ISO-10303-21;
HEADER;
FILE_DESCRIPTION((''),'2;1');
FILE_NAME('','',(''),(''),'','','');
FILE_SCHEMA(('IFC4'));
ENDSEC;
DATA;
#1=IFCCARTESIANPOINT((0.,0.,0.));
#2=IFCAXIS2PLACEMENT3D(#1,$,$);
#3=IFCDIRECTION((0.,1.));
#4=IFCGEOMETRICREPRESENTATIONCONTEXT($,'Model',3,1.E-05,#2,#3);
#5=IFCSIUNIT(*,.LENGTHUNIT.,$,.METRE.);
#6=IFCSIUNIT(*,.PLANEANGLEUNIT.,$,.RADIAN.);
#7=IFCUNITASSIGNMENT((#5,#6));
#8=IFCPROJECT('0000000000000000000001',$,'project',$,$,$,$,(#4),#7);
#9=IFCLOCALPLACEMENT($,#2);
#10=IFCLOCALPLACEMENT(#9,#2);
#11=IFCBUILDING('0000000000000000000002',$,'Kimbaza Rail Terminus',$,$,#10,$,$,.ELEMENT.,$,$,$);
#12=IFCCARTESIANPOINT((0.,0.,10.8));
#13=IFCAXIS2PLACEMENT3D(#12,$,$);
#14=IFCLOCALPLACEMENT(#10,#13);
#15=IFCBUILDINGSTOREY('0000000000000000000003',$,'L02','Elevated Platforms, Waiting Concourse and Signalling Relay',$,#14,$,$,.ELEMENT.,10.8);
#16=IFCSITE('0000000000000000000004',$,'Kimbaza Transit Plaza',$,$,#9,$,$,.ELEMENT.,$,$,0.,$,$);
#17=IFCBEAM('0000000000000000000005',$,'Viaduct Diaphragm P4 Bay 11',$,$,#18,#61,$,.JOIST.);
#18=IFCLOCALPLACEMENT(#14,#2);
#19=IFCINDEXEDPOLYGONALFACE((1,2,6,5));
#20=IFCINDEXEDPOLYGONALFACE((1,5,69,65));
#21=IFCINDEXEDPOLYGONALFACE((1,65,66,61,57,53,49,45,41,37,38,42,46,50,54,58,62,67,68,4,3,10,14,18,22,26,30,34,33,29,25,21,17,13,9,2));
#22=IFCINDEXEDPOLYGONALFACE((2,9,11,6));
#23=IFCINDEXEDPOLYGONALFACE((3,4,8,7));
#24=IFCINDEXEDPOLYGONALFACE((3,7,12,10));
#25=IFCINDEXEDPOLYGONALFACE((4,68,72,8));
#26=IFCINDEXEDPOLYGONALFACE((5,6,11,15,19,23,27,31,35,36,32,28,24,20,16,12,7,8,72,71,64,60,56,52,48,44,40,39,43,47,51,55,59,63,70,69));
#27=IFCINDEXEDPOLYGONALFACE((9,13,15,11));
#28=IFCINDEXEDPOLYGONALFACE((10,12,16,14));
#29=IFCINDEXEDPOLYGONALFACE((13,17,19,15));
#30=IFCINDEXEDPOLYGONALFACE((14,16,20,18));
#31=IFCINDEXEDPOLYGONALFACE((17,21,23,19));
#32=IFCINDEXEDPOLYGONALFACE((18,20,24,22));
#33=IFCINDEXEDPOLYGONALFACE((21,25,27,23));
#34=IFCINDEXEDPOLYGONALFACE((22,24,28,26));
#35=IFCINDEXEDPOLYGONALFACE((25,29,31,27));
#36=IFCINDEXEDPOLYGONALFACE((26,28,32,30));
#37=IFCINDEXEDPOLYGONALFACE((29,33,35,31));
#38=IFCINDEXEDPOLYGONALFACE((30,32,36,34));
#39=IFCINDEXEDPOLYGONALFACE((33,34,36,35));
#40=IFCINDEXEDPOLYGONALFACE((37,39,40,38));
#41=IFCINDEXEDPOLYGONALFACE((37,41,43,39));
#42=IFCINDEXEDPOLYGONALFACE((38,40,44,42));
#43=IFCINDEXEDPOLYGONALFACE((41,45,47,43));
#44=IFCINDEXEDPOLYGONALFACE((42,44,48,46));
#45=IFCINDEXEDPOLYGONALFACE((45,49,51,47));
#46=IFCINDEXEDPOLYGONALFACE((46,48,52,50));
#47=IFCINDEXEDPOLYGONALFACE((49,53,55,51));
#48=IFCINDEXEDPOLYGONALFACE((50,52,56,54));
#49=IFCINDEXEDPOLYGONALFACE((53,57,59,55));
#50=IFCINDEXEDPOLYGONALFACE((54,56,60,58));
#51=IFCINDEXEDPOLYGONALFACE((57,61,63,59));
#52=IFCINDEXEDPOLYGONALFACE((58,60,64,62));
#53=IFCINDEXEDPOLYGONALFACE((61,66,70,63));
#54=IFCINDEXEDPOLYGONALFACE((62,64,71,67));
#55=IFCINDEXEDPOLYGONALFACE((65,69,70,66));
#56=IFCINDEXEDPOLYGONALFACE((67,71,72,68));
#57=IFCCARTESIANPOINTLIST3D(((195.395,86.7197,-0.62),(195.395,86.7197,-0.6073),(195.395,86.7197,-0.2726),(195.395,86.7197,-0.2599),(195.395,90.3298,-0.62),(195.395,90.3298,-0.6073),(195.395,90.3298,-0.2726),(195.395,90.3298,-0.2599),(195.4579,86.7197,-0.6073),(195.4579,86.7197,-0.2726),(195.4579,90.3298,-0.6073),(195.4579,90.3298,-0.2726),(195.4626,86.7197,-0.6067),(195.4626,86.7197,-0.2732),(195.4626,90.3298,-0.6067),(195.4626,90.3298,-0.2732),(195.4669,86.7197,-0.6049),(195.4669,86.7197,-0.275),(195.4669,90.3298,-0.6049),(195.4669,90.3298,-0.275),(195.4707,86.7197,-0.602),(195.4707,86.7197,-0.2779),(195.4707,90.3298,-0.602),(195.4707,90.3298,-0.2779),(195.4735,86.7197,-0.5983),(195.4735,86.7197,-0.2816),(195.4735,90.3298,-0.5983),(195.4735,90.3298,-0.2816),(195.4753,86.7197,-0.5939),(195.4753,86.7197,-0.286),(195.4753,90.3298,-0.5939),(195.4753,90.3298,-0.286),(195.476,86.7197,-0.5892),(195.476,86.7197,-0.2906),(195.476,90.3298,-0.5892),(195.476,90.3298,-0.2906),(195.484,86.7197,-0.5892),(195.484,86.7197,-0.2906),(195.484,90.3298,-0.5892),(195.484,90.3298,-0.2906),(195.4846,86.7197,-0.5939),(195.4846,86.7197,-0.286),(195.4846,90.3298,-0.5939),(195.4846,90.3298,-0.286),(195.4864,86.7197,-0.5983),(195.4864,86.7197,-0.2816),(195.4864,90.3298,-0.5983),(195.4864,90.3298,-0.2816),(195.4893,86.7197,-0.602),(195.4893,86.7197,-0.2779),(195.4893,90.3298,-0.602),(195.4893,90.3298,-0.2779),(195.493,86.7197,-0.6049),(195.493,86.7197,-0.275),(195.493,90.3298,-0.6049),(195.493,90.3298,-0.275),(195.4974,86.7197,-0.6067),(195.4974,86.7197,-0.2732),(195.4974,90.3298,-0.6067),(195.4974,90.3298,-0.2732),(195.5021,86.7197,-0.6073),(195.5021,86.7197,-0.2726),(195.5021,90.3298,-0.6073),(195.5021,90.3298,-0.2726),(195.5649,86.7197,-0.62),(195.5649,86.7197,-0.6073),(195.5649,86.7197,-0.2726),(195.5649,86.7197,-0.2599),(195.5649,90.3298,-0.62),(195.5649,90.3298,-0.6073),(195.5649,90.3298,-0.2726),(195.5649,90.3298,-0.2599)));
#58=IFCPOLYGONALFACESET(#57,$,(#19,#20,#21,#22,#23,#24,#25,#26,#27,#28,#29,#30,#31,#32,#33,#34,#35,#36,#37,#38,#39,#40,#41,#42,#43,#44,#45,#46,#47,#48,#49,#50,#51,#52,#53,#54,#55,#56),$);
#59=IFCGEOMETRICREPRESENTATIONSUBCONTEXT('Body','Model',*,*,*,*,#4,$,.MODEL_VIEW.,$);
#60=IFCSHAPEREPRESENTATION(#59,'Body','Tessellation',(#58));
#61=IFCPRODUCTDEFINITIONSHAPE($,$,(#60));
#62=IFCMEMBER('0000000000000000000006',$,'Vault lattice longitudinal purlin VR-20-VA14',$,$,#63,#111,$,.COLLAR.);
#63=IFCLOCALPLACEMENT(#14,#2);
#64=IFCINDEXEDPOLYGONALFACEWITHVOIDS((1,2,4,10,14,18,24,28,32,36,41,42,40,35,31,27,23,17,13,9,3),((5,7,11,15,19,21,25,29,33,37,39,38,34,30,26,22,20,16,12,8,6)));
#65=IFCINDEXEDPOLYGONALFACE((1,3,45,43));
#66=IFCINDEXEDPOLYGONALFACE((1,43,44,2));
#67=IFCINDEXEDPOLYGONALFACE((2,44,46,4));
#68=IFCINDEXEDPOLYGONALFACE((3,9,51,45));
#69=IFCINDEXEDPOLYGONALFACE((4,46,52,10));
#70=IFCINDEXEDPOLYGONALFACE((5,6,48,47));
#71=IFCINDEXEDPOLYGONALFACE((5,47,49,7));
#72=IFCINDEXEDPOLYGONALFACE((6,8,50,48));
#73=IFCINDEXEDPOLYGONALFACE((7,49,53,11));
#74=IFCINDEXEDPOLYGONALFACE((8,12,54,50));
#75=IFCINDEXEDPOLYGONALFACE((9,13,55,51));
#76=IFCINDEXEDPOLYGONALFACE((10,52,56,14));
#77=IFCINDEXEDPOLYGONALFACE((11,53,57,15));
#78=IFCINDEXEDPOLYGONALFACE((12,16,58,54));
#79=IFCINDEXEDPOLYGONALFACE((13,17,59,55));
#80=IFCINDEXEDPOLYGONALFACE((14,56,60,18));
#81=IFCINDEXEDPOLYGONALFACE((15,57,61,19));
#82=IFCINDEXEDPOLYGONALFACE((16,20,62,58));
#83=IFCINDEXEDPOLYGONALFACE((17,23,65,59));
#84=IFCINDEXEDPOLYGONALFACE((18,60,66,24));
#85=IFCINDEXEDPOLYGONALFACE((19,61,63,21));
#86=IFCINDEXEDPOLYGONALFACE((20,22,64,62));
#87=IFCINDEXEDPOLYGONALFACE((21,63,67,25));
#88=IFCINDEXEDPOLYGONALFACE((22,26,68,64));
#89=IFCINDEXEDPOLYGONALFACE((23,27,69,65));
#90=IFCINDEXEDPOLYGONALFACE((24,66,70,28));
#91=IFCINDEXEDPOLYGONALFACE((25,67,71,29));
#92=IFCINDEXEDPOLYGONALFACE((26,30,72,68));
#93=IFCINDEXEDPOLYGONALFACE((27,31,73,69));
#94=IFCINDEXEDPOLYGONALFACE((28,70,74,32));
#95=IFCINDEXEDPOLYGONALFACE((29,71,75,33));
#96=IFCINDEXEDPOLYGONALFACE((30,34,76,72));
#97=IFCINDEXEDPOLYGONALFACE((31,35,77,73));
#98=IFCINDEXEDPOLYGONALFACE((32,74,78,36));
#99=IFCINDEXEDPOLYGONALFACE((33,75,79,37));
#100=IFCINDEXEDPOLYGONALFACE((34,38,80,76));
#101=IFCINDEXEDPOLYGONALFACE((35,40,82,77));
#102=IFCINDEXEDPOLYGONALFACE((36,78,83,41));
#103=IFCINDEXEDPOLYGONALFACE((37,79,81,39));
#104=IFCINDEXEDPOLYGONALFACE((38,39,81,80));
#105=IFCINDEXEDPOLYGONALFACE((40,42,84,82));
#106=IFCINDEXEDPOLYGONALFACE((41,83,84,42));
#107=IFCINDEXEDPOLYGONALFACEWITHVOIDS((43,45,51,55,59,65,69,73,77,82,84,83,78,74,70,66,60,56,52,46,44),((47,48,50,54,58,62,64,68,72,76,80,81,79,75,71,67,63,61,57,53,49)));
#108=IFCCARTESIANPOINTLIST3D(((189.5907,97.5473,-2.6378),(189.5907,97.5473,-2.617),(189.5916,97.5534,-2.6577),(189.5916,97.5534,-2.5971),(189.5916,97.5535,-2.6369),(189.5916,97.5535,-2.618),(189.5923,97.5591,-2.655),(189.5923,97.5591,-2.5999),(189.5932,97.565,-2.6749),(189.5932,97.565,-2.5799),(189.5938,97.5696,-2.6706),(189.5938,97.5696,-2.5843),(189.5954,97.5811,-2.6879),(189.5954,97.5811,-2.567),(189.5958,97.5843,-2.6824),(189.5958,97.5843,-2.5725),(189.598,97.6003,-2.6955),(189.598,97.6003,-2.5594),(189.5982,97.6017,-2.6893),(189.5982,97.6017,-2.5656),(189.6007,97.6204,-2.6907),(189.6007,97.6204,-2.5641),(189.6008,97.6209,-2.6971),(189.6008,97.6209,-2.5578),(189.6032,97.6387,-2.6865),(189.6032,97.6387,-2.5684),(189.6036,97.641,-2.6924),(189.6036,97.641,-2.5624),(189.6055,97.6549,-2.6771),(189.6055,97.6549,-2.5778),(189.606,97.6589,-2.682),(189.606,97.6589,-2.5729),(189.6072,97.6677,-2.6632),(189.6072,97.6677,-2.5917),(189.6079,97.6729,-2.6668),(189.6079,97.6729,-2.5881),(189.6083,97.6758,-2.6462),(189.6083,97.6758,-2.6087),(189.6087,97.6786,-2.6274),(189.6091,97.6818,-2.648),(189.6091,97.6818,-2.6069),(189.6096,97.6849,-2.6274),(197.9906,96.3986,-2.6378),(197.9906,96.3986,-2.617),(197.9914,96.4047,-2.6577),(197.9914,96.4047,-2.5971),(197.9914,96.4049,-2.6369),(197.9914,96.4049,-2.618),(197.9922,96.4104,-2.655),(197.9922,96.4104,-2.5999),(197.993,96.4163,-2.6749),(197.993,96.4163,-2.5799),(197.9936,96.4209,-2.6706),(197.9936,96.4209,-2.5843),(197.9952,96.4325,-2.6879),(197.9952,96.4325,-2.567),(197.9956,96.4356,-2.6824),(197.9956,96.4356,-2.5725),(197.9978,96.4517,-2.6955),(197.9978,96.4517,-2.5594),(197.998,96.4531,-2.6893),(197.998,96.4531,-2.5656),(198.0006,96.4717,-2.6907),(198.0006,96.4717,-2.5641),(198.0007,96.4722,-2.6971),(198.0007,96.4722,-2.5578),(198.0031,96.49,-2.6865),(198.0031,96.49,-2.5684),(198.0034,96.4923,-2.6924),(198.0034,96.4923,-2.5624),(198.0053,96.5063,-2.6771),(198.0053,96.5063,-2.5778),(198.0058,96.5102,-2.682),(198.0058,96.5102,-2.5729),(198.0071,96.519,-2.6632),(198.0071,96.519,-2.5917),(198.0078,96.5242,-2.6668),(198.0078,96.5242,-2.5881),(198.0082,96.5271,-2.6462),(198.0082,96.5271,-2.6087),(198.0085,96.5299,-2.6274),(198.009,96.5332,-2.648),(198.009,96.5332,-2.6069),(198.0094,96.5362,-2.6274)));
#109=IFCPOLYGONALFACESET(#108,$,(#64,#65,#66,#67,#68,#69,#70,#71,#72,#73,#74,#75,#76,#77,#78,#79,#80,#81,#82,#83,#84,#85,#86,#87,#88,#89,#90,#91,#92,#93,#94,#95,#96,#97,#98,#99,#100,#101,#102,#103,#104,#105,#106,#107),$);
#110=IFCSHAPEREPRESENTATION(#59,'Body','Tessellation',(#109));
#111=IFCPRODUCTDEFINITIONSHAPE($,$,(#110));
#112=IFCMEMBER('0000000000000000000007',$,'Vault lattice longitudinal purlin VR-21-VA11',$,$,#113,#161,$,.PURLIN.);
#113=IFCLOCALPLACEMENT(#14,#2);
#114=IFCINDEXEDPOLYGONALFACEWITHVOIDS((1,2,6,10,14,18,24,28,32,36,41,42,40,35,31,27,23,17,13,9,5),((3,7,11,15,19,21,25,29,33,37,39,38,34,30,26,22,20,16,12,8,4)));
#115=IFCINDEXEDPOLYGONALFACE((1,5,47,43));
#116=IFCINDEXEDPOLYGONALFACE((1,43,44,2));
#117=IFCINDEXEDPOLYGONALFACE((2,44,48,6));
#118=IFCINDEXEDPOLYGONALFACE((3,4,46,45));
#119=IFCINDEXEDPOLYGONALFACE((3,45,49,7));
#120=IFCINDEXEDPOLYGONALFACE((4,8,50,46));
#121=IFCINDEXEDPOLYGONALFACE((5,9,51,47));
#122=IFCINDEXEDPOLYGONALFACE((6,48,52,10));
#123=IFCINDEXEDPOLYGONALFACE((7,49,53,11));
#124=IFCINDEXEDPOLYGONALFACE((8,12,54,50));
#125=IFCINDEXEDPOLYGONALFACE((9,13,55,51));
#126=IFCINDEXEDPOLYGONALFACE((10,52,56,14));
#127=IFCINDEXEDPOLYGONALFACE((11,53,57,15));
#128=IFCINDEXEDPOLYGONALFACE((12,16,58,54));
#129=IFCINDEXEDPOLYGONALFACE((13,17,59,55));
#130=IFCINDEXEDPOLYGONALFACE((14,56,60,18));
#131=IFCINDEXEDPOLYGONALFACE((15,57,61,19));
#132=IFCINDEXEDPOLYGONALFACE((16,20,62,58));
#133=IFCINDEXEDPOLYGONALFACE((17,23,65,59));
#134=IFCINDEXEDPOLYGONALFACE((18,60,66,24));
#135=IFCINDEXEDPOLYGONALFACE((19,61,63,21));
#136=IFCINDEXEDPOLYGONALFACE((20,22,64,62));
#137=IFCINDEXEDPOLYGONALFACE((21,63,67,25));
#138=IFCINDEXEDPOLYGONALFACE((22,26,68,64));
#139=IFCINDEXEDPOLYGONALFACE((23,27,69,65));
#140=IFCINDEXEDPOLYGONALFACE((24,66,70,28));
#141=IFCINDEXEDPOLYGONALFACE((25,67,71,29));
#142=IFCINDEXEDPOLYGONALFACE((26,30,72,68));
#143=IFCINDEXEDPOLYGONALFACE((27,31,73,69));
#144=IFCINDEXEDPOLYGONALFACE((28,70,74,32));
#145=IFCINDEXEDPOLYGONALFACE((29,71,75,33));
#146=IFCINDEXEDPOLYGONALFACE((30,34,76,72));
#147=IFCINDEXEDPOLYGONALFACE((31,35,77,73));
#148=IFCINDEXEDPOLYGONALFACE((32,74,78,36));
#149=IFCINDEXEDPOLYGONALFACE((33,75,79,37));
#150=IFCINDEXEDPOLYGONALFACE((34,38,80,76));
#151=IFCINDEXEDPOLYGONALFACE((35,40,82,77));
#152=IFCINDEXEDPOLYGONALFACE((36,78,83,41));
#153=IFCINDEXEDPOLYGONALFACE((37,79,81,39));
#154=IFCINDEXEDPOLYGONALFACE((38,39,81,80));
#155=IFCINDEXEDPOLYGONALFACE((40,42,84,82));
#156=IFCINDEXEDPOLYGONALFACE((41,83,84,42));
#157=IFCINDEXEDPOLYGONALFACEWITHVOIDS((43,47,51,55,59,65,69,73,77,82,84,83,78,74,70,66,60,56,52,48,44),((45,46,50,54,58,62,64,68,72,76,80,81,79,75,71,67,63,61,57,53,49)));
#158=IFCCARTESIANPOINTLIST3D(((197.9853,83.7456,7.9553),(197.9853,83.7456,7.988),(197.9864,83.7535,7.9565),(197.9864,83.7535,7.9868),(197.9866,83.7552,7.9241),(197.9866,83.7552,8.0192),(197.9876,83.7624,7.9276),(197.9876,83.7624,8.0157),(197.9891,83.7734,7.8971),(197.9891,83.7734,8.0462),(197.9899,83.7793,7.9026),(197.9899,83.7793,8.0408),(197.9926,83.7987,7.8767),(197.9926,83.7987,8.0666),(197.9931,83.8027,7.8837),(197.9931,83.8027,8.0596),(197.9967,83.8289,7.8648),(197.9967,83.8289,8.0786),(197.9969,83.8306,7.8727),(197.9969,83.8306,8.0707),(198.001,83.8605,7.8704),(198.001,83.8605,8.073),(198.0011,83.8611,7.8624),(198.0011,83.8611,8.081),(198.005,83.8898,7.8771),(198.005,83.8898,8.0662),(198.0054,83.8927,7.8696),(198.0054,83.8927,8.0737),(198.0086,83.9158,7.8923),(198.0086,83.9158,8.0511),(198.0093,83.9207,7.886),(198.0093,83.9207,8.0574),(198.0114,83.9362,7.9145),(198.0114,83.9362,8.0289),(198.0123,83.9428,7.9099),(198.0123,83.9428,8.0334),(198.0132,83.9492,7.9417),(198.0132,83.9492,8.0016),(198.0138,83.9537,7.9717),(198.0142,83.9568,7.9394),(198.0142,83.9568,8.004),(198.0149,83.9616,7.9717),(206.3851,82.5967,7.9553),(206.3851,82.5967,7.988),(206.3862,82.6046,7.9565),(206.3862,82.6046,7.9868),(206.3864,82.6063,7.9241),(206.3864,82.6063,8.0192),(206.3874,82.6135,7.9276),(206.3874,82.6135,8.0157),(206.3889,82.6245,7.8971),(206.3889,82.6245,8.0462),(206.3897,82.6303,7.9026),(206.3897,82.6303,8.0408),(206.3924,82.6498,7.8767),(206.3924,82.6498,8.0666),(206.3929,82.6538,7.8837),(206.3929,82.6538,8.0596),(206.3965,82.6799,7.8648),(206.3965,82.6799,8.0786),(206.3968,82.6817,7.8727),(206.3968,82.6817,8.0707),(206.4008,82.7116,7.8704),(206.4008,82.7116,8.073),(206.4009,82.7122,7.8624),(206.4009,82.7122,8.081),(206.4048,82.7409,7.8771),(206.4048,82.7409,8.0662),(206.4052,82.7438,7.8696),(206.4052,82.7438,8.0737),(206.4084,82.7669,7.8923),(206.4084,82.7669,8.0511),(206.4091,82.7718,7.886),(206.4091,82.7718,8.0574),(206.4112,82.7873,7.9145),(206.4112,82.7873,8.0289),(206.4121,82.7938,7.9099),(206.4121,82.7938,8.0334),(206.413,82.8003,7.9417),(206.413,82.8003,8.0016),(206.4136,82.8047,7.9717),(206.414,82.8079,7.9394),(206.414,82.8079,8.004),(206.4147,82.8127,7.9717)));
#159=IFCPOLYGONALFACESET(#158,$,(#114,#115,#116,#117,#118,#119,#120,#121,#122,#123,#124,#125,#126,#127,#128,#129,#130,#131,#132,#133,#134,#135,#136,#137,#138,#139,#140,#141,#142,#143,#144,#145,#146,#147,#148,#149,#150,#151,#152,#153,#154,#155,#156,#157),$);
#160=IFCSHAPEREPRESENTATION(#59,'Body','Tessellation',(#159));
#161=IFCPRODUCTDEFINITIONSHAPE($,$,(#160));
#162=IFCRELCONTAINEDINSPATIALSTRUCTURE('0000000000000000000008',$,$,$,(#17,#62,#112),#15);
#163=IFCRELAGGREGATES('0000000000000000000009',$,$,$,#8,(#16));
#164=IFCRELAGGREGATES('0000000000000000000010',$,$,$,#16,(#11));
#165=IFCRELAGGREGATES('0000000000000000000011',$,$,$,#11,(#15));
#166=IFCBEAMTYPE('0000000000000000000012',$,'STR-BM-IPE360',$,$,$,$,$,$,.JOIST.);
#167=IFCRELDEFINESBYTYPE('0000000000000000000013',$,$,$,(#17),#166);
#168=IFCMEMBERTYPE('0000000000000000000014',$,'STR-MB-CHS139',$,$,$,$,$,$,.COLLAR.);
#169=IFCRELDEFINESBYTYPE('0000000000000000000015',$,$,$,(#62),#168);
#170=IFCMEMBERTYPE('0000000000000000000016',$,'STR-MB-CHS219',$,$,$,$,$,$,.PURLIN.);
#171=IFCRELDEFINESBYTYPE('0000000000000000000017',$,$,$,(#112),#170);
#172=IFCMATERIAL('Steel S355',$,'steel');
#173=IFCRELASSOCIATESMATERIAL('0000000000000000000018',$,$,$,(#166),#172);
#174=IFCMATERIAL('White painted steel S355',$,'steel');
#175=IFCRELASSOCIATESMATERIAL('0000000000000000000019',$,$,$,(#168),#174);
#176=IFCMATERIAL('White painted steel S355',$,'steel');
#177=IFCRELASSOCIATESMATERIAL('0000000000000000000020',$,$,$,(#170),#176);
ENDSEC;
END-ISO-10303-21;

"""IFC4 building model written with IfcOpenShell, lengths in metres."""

from ifc_helpers import new_model, si_unit, direction, frame, origin, origin_2d, place, context, subcontext, project, spatial, hollow_circle, i_section, extrude, material, material_profile, profile_set, type_object, element, save


model = new_model("IFC4")

# Units and contexts
model_context = context("Model", 3, precision=1e-05, world=origin(), true_north=direction((0.0, 1.0)))
body_context = subcontext(model_context, "Body", "Model", "MODEL_VIEW")
ifc_project = project(units=[si_unit("LENGTHUNIT", "METRE"), si_unit("PLANEANGLEUNIT", "RADIAN")], contexts=[model_context])

# Site, building, storey
site_placement = place(None, origin())
site = spatial("IfcSite", under=ifc_project, at=site_placement, Name="Kimbaza Transit Plaza", CompositionType="ELEMENT", RefElevation=0.0)
building_placement = place(site_placement, origin())
building = spatial("IfcBuilding", under=site, at=building_placement, Name="Kimbaza Rail Terminus", CompositionType="ELEMENT")
storey_placement = place(building_placement, frame((0.0, 0.0, 10.8)))
storey = spatial("IfcBuildingStorey", under=building, at=storey_placement, Name="L02", Description="Elevated Platforms, Waiting Concourse and Signalling Relay", CompositionType="ELEMENT", Elevation=10.8)

# Beam
ifc_material_1 = material(Name="Steel S355", Category="steel")
ifc_material_profile_1 = material_profile(ifc_material_1, i_section(OverallWidth=0.1699, OverallDepth=0.3601, WebThickness=0.0081, FlangeThickness=0.0127, FilletRadius=0.0181, at=origin_2d()), Name="IPE 360")
ifc_profile_set_1 = profile_set([ifc_material_profile_1], Name="Steel S355")
beam_type_1 = type_object("IfcBeamType", Name="STR-BM-IPE360", PredefinedType="JOIST", material=ifc_profile_set_1)
beam_placement = place(storey_placement, frame((195.48, 86.7197, -0.4399), z_axis=(0.0, 1.0, 0.0), x_axis=(-1.0, 0.0, 0.0)))
element("IfcBeam", 1, at=beam_placement, inside=storey, type_object=beam_type_1, Name="Viaduct Diaphragm P4 Bay 11", PredefinedType="JOIST", context=body_context, shape_type="SweptSolid", body=[
    extrude(i_section(OverallWidth=0.1699, OverallDepth=0.3601, WebThickness=0.0081, FlangeThickness=0.0127, FilletRadius=0.0181, at=origin_2d()), origin(), (0.0, 0.0, 1.0), 3.6101),
])

# Members
ifc_material_2 = material(Name="White painted steel S355", Category="steel")
ifc_material_profile_2 = material_profile(ifc_material_2, hollow_circle(Radius=0.0698, WallThickness=0.0063, at=origin_2d()), Name="CHS 139.7x6.3")
ifc_profile_set_2 = profile_set([ifc_material_profile_2], Name="White painted steel S355")
member_type_1 = type_object("IfcMemberType", Name="STR-MB-CHS139", PredefinedType="COLLAR", material=ifc_profile_set_2)
member_1_placement = place(storey_placement, frame((189.6001, 97.6157, -2.6274), z_axis=(0.990779, -0.135488, 0.0), x_axis=(0.135488, 0.990779, 0.0)))
element("IfcMember", 2, at=member_1_placement, inside=storey, type_object=member_type_1, Name="Vault lattice longitudinal purlin VR-20-VA14", PredefinedType="COLLAR", context=body_context, shape_type="SweptSolid", body=[
    extrude(hollow_circle(Radius=0.0698, WallThickness=0.0063, at=origin_2d()), origin(), (0.0, 0.0, 1.0), 8.478),
])
ifc_material_3 = material(Name="White painted steel S355", Category="steel")
ifc_material_profile_3 = material_profile(ifc_material_3, hollow_circle(Radius=0.1096, WallThickness=0.0081, at=origin_2d()), Name="CHS 219.1x8")
ifc_profile_set_3 = profile_set([ifc_material_profile_3], Name="White painted steel S355")
member_type_2 = type_object("IfcMemberType", Name="STR-MB-CHS219", PredefinedType="PURLIN", material=ifc_profile_set_3)
for number, where, z_axis, x_axis, name in (
    (3, (198.0, 83.853, 7.9717), (0.990775, -0.135517, 0.0), (0.135517, 0.990775, 0.0), "Vault lattice longitudinal purlin VR-21-VA11"),
):
    element("IfcMember", number, at=place(storey_placement, frame(where, z_axis=z_axis, x_axis=x_axis)), inside=storey, type_object=member_type_2, Name=name, PredefinedType="PURLIN", context=body_context, shape_type="SweptSolid", body=[
        extrude(hollow_circle(Radius=0.1096, WallThickness=0.0081, at=origin_2d()), origin(), (0.0, 0.0, 1.0), 8.478),
    ])

save(model, "model.ifc")
